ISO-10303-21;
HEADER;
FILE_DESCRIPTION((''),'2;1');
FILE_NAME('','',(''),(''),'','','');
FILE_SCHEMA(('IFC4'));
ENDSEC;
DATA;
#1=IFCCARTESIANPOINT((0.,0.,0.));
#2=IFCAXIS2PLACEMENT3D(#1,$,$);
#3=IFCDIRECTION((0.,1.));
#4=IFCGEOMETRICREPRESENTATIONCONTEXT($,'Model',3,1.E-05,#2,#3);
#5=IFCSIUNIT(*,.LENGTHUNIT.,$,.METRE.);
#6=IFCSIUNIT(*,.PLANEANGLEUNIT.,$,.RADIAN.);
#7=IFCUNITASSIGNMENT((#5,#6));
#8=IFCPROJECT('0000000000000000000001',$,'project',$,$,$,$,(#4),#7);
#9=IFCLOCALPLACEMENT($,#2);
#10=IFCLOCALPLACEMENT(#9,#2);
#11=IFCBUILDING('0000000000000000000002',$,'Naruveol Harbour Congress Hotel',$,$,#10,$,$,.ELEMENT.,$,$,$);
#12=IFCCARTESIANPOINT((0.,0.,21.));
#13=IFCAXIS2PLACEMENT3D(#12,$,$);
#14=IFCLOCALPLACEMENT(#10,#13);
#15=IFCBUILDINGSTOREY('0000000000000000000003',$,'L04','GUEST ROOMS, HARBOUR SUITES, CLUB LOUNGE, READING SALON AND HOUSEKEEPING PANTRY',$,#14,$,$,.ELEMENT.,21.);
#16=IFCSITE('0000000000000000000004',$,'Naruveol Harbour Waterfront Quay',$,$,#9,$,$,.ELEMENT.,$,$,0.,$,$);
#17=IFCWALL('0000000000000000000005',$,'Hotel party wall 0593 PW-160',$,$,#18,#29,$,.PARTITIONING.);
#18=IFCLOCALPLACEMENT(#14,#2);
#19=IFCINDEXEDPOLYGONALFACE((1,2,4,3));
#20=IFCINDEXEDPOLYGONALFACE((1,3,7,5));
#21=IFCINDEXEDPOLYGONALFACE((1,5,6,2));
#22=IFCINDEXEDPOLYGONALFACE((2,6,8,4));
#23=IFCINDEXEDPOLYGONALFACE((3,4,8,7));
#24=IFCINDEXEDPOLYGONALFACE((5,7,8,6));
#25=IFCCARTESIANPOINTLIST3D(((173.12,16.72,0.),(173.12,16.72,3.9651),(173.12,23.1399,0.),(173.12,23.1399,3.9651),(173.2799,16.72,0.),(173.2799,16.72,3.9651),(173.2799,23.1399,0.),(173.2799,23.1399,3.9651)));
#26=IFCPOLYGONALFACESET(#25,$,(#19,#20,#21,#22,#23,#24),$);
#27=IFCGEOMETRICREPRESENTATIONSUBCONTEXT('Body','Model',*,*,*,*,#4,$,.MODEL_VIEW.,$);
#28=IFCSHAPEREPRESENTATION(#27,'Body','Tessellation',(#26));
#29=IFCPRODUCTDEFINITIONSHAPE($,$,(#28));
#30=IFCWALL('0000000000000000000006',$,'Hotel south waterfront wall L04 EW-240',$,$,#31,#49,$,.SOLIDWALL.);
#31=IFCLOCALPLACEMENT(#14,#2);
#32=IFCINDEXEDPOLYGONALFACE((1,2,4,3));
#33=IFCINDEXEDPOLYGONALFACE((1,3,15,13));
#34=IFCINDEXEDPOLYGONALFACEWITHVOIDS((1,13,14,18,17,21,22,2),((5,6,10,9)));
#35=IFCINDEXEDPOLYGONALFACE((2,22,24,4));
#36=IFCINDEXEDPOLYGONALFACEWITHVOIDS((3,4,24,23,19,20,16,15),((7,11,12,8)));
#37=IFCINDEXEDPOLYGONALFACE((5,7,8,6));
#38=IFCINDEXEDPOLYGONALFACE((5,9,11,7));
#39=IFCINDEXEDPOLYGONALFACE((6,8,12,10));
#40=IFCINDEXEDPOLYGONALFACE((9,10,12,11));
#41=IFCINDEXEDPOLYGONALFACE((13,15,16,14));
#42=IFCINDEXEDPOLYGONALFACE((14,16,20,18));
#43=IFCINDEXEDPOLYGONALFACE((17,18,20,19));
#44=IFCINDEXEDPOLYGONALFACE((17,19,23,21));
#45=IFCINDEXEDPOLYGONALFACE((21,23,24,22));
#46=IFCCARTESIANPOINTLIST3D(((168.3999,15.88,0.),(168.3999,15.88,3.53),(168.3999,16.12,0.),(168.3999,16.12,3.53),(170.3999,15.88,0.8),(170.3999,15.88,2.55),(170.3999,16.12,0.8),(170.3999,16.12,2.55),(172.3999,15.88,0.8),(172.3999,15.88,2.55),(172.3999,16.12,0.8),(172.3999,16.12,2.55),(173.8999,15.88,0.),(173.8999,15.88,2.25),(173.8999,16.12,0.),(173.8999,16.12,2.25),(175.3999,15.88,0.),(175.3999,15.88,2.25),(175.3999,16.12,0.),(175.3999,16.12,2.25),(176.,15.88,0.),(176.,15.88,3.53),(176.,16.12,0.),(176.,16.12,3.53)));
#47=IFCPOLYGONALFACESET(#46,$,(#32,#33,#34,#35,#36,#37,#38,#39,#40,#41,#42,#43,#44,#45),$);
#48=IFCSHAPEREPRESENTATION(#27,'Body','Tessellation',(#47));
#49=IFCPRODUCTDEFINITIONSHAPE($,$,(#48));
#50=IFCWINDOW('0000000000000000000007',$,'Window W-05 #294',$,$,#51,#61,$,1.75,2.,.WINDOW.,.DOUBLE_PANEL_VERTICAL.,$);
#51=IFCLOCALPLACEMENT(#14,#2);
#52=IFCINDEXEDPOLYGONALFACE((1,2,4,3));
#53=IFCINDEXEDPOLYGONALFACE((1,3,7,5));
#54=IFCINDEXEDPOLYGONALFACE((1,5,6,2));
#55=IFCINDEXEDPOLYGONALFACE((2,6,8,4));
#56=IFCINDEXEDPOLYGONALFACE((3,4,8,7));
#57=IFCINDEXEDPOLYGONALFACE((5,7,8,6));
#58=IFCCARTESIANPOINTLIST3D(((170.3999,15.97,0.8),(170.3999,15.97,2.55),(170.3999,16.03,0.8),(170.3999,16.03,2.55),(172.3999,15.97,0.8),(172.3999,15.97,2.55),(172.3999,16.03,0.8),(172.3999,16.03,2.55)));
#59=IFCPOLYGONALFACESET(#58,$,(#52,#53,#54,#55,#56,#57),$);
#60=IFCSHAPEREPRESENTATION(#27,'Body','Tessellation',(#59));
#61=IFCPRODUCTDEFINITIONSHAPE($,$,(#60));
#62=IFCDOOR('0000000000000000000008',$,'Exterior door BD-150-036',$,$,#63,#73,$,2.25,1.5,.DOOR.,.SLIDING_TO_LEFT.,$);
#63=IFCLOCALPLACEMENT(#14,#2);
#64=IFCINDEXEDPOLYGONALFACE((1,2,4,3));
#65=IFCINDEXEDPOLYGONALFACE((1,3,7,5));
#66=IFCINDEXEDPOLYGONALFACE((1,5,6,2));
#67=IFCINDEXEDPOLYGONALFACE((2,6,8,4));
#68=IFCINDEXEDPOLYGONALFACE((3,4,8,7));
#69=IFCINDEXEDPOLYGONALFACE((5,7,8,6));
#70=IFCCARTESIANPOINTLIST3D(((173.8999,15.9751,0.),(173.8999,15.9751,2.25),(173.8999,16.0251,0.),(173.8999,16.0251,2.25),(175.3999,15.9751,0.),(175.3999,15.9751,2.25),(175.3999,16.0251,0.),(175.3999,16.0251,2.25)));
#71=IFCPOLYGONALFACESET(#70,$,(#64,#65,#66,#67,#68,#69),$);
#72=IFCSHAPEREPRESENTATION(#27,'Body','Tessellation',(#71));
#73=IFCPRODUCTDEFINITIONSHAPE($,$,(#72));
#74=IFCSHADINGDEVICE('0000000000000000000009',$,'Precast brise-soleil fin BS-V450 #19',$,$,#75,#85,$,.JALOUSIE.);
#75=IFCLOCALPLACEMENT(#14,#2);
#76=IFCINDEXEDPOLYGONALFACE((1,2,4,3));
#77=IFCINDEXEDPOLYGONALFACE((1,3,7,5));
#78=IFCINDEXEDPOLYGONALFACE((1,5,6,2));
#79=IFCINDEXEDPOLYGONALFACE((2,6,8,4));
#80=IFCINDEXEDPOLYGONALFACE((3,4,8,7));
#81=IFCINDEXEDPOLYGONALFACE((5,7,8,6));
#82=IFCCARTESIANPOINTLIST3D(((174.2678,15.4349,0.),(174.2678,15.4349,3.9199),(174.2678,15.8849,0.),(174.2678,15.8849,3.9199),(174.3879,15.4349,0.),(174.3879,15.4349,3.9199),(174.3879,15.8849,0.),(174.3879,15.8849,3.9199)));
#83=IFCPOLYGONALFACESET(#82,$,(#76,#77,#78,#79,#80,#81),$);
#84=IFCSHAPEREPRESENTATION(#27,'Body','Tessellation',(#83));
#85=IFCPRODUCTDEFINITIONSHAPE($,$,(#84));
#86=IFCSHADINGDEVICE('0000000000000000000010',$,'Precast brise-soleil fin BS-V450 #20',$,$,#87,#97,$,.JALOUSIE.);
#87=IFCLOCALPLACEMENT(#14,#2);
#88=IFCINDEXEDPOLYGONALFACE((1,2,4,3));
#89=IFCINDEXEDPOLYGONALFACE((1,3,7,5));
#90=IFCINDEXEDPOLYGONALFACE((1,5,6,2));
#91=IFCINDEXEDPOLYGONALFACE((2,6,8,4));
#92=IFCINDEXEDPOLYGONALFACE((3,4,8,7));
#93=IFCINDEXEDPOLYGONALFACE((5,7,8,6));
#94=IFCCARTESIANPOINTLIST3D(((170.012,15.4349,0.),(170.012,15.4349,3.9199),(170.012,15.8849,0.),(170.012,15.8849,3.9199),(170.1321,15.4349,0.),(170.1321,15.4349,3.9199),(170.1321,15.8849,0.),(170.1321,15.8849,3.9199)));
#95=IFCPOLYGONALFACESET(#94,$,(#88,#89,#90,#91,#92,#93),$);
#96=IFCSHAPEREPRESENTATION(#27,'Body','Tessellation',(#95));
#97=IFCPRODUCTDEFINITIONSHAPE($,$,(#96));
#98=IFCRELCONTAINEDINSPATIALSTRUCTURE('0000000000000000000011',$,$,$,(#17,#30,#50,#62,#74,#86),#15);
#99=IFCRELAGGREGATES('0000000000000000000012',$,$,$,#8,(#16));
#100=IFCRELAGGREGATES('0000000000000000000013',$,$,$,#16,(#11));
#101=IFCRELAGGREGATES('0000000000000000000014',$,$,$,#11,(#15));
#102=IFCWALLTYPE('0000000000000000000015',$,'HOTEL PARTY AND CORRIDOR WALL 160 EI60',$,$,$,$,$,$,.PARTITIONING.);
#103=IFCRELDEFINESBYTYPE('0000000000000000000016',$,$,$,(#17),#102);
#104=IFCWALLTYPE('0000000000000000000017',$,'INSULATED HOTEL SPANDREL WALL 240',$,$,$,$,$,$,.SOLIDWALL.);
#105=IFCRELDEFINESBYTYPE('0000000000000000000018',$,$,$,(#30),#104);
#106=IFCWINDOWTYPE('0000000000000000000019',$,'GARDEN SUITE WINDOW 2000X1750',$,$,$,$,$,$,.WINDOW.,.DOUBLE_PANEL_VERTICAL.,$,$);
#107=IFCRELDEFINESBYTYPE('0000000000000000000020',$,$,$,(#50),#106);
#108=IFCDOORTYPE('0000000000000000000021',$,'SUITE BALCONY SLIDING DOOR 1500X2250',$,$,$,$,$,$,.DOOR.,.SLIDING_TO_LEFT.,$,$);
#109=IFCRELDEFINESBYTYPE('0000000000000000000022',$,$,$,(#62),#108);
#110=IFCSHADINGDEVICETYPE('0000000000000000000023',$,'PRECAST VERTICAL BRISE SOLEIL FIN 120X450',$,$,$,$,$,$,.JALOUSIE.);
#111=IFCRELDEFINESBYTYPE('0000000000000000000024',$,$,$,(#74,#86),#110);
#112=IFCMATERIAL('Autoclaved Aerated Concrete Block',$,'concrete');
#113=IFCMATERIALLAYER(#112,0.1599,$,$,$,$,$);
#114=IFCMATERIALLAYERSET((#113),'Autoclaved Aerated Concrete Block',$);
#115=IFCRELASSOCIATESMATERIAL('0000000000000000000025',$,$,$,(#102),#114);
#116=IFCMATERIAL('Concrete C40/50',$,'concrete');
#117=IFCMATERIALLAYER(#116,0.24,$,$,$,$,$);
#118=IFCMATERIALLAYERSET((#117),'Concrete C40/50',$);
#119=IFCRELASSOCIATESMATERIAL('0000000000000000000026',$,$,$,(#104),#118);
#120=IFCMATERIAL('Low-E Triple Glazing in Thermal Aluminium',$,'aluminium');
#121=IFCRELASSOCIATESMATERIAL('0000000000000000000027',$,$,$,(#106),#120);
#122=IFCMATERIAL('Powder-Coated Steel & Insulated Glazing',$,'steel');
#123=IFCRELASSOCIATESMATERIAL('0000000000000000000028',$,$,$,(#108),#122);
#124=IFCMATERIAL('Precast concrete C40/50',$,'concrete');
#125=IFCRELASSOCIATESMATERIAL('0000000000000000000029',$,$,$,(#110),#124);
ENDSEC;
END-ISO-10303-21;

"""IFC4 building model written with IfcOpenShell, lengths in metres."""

from ifc_helpers import new_model, si_unit, direction, frame, frame_2d, origin, origin_2d, place, context, subcontext, project, spatial, rectangle, extrude, material, layer, layer_set, type_object, element, fill, save


model = new_model("IFC4")

# Units and contexts
model_context = context("Model", 3, precision=1e-05, world=origin(), true_north=direction((0.0, 1.0)))
body_context = subcontext(model_context, "Body", "Model", "MODEL_VIEW")
ifc_project = project(units=[si_unit("LENGTHUNIT", "METRE"), si_unit("PLANEANGLEUNIT", "RADIAN")], contexts=[model_context])

# Site, building, storey
site_placement = place(None, origin())
site = spatial("IfcSite", under=ifc_project, at=site_placement, Name="Naruveol Harbour Waterfront Quay", CompositionType="ELEMENT", RefElevation=0.0)
building_placement = place(site_placement, origin())
building = spatial("IfcBuilding", under=site, at=building_placement, Name="Naruveol Harbour Congress Hotel", CompositionType="ELEMENT")
storey_placement = place(building_placement, frame((0.0, 0.0, 21.0)))
storey = spatial("IfcBuildingStorey", under=building, at=storey_placement, Name="L04", Description="GUEST ROOMS, HARBOUR SUITES, CLUB LOUNGE, READING SALON AND HOUSEKEEPING PANTRY", CompositionType="ELEMENT", Elevation=21.0)

# Shared definitions
ifc_material_1 = material(Name="Autoclaved Aerated Concrete Block", Category="concrete")
ifc_layer_1 = layer(ifc_material_1, 0.1599)
ifc_layer_set_1 = layer_set([ifc_layer_1], Name="Autoclaved Aerated Concrete Block")
wall_type_1 = type_object("IfcWallType", Name="HOTEL PARTY AND CORRIDOR WALL 160 EI60", PredefinedType="PARTITIONING", material=ifc_layer_set_1)

# Wall
wall_1_placement = place(storey_placement, frame((173.2, 16.72, 0.0), z_axis=(0.0, 0.0, 1.0), x_axis=(0.0, 1.0, 0.0)))
element("IfcWall", 1, at=wall_1_placement, inside=storey, type_object=wall_type_1, Name="Hotel party wall 0593 PW-160", PredefinedType="PARTITIONING", context=body_context, shape_type="SweptSolid", body=[
    extrude(rectangle(XDim=6.4199, YDim=0.1599, at=frame_2d((3.21, 0.0))), origin(), (0.0, 0.0, 1.0), 3.9651),
])

# Wall, openings, window, door
ifc_material_2 = material(Name="Concrete C40/50", Category="concrete")
ifc_layer_2 = layer(ifc_material_2, 0.24)
ifc_layer_set_2 = layer_set([ifc_layer_2], Name="Concrete C40/50")
wall_type_2 = type_object("IfcWallType", Name="INSULATED HOTEL SPANDREL WALL 240", PredefinedType="SOLIDWALL", material=ifc_layer_set_2)
wall_2_placement = place(storey_placement, frame((176.0, 16.0, 0.0), z_axis=(0.0, 0.0, 1.0), x_axis=(-1.0, 0.0, 0.0)))
wall_2 = element("IfcWall", 2, at=wall_2_placement, inside=storey, type_object=wall_type_2, Name="Hotel south waterfront wall L04 EW-240", PredefinedType="SOLIDWALL", context=body_context, shape_type="SweptSolid", body=[
    extrude(rectangle(XDim=7.6001, YDim=0.24, at=frame_2d((3.8, 0.0))), origin(), (0.0, 0.0, 1.0), 3.53),
])
opening_1_placement = place(wall_2_placement, frame((0.6001, 0.0, 0.0)))
opening_1 = element("IfcOpeningElement", 3, at=opening_1_placement, cuts=wall_2, PredefinedType="OPENING", context=body_context, shape_type="SweptSolid", body=[
    extrude(rectangle(XDim=1.5, YDim=2.25, at=frame_2d((0.75, 1.125))), frame((0.0, 0.1299, 0.0), z_axis=(0.0, -1.0, 0.0), x_axis=(1.0, 0.0, 0.0)), (0.0, 0.0, 1.0), 0.26),
])
opening_2_placement = place(wall_2_placement, frame((3.6001, 0.0, 0.8)))
opening_2 = element("IfcOpeningElement", 4, at=opening_2_placement, cuts=wall_2, PredefinedType="OPENING", context=body_context, shape_type="SweptSolid", body=[
    extrude(rectangle(XDim=2.0, YDim=1.75, at=frame_2d((1.0, 0.875))), frame((0.0, 0.1299, 0.0), z_axis=(0.0, -1.0, 0.0), x_axis=(1.0, 0.0, 0.0)), (0.0, 0.0, 1.0), 0.26),
])
ifc_material_3 = material(Name="Low-E Triple Glazing in Thermal Aluminium", Category="aluminium")
window_type = type_object("IfcWindowType", Name="GARDEN SUITE WINDOW 2000X1750", PartitioningType="DOUBLE_PANEL_VERTICAL", PredefinedType="WINDOW", material=ifc_material_3)
window_placement = place(opening_2_placement, origin())
window = element("IfcWindow", 5, at=window_placement, inside=storey, type_object=window_type, Name="Window W-05 #294", OverallHeight=1.75, OverallWidth=2.0, PartitioningType="DOUBLE_PANEL_VERTICAL", PredefinedType="WINDOW", context=body_context, shape_type="SweptSolid", body=[
    extrude(rectangle(XDim=2.0, YDim=1.75, at=frame_2d((1.0, 0.875))), frame((0.0, 0.03, 0.0), z_axis=(0.0, -1.0, 0.0), x_axis=(1.0, 0.0, 0.0)), (0.0, 0.0, 1.0), 0.0601),
])
fill(opening_2, window)
ifc_material_4 = material(Name="Powder-Coated Steel & Insulated Glazing", Category="steel")
door_type_1 = type_object("IfcDoorType", Name="SUITE BALCONY SLIDING DOOR 1500X2250", OperationType="SLIDING_TO_LEFT", PredefinedType="DOOR", material=ifc_material_4)
door_1_placement = place(opening_1_placement, origin())
door_1 = element("IfcDoor", 6, at=door_1_placement, inside=storey, type_object=door_type_1, Name="Exterior door BD-150-036", OperationType="SLIDING_TO_LEFT", OverallHeight=2.25, OverallWidth=1.5, PredefinedType="DOOR", context=body_context, shape_type="SweptSolid", body=[
    extrude(rectangle(XDim=1.5, YDim=2.25, at=frame_2d((0.75, 1.125))), frame((0.0, 0.0249, 0.0), z_axis=(0.0, -1.0, 0.0), x_axis=(1.0, 0.0, 0.0)), (0.0, 0.0, 1.0), 0.05),
])
fill(opening_1, door_1)

# Shading devices
ifc_material_5 = material(Name="Precast concrete C40/50", Category="concrete")
shading_device_type = type_object("IfcShadingDeviceType", Name="PRECAST VERTICAL BRISE SOLEIL FIN 120X450", PredefinedType="JALOUSIE", material=ifc_material_5)
for number, where, z_axis, x_axis, name in (
    (7, (174.3279, 15.6599, 0.0), (0.0, 0.0, 1.0), (-1.0, 0.0, 0.0), "Precast brise-soleil fin BS-V450 #19"),
    (8, (170.072, 15.6599, 0.0), (0.0, 0.0, 1.0), (-1.0, 0.0, 0.0), "Precast brise-soleil fin BS-V450 #20"),
):
    element("IfcShadingDevice", number, at=place(storey_placement, frame(where, z_axis=z_axis, x_axis=x_axis)), inside=storey, type_object=shading_device_type, Name=name, PredefinedType="JALOUSIE", context=body_context, shape_type="SweptSolid", body=[
        extrude(rectangle(XDim=0.1201, YDim=0.45, at=origin_2d()), origin(), (0.0, 0.0, 1.0), 3.9199),
    ])

save(model, "model.ifc")
